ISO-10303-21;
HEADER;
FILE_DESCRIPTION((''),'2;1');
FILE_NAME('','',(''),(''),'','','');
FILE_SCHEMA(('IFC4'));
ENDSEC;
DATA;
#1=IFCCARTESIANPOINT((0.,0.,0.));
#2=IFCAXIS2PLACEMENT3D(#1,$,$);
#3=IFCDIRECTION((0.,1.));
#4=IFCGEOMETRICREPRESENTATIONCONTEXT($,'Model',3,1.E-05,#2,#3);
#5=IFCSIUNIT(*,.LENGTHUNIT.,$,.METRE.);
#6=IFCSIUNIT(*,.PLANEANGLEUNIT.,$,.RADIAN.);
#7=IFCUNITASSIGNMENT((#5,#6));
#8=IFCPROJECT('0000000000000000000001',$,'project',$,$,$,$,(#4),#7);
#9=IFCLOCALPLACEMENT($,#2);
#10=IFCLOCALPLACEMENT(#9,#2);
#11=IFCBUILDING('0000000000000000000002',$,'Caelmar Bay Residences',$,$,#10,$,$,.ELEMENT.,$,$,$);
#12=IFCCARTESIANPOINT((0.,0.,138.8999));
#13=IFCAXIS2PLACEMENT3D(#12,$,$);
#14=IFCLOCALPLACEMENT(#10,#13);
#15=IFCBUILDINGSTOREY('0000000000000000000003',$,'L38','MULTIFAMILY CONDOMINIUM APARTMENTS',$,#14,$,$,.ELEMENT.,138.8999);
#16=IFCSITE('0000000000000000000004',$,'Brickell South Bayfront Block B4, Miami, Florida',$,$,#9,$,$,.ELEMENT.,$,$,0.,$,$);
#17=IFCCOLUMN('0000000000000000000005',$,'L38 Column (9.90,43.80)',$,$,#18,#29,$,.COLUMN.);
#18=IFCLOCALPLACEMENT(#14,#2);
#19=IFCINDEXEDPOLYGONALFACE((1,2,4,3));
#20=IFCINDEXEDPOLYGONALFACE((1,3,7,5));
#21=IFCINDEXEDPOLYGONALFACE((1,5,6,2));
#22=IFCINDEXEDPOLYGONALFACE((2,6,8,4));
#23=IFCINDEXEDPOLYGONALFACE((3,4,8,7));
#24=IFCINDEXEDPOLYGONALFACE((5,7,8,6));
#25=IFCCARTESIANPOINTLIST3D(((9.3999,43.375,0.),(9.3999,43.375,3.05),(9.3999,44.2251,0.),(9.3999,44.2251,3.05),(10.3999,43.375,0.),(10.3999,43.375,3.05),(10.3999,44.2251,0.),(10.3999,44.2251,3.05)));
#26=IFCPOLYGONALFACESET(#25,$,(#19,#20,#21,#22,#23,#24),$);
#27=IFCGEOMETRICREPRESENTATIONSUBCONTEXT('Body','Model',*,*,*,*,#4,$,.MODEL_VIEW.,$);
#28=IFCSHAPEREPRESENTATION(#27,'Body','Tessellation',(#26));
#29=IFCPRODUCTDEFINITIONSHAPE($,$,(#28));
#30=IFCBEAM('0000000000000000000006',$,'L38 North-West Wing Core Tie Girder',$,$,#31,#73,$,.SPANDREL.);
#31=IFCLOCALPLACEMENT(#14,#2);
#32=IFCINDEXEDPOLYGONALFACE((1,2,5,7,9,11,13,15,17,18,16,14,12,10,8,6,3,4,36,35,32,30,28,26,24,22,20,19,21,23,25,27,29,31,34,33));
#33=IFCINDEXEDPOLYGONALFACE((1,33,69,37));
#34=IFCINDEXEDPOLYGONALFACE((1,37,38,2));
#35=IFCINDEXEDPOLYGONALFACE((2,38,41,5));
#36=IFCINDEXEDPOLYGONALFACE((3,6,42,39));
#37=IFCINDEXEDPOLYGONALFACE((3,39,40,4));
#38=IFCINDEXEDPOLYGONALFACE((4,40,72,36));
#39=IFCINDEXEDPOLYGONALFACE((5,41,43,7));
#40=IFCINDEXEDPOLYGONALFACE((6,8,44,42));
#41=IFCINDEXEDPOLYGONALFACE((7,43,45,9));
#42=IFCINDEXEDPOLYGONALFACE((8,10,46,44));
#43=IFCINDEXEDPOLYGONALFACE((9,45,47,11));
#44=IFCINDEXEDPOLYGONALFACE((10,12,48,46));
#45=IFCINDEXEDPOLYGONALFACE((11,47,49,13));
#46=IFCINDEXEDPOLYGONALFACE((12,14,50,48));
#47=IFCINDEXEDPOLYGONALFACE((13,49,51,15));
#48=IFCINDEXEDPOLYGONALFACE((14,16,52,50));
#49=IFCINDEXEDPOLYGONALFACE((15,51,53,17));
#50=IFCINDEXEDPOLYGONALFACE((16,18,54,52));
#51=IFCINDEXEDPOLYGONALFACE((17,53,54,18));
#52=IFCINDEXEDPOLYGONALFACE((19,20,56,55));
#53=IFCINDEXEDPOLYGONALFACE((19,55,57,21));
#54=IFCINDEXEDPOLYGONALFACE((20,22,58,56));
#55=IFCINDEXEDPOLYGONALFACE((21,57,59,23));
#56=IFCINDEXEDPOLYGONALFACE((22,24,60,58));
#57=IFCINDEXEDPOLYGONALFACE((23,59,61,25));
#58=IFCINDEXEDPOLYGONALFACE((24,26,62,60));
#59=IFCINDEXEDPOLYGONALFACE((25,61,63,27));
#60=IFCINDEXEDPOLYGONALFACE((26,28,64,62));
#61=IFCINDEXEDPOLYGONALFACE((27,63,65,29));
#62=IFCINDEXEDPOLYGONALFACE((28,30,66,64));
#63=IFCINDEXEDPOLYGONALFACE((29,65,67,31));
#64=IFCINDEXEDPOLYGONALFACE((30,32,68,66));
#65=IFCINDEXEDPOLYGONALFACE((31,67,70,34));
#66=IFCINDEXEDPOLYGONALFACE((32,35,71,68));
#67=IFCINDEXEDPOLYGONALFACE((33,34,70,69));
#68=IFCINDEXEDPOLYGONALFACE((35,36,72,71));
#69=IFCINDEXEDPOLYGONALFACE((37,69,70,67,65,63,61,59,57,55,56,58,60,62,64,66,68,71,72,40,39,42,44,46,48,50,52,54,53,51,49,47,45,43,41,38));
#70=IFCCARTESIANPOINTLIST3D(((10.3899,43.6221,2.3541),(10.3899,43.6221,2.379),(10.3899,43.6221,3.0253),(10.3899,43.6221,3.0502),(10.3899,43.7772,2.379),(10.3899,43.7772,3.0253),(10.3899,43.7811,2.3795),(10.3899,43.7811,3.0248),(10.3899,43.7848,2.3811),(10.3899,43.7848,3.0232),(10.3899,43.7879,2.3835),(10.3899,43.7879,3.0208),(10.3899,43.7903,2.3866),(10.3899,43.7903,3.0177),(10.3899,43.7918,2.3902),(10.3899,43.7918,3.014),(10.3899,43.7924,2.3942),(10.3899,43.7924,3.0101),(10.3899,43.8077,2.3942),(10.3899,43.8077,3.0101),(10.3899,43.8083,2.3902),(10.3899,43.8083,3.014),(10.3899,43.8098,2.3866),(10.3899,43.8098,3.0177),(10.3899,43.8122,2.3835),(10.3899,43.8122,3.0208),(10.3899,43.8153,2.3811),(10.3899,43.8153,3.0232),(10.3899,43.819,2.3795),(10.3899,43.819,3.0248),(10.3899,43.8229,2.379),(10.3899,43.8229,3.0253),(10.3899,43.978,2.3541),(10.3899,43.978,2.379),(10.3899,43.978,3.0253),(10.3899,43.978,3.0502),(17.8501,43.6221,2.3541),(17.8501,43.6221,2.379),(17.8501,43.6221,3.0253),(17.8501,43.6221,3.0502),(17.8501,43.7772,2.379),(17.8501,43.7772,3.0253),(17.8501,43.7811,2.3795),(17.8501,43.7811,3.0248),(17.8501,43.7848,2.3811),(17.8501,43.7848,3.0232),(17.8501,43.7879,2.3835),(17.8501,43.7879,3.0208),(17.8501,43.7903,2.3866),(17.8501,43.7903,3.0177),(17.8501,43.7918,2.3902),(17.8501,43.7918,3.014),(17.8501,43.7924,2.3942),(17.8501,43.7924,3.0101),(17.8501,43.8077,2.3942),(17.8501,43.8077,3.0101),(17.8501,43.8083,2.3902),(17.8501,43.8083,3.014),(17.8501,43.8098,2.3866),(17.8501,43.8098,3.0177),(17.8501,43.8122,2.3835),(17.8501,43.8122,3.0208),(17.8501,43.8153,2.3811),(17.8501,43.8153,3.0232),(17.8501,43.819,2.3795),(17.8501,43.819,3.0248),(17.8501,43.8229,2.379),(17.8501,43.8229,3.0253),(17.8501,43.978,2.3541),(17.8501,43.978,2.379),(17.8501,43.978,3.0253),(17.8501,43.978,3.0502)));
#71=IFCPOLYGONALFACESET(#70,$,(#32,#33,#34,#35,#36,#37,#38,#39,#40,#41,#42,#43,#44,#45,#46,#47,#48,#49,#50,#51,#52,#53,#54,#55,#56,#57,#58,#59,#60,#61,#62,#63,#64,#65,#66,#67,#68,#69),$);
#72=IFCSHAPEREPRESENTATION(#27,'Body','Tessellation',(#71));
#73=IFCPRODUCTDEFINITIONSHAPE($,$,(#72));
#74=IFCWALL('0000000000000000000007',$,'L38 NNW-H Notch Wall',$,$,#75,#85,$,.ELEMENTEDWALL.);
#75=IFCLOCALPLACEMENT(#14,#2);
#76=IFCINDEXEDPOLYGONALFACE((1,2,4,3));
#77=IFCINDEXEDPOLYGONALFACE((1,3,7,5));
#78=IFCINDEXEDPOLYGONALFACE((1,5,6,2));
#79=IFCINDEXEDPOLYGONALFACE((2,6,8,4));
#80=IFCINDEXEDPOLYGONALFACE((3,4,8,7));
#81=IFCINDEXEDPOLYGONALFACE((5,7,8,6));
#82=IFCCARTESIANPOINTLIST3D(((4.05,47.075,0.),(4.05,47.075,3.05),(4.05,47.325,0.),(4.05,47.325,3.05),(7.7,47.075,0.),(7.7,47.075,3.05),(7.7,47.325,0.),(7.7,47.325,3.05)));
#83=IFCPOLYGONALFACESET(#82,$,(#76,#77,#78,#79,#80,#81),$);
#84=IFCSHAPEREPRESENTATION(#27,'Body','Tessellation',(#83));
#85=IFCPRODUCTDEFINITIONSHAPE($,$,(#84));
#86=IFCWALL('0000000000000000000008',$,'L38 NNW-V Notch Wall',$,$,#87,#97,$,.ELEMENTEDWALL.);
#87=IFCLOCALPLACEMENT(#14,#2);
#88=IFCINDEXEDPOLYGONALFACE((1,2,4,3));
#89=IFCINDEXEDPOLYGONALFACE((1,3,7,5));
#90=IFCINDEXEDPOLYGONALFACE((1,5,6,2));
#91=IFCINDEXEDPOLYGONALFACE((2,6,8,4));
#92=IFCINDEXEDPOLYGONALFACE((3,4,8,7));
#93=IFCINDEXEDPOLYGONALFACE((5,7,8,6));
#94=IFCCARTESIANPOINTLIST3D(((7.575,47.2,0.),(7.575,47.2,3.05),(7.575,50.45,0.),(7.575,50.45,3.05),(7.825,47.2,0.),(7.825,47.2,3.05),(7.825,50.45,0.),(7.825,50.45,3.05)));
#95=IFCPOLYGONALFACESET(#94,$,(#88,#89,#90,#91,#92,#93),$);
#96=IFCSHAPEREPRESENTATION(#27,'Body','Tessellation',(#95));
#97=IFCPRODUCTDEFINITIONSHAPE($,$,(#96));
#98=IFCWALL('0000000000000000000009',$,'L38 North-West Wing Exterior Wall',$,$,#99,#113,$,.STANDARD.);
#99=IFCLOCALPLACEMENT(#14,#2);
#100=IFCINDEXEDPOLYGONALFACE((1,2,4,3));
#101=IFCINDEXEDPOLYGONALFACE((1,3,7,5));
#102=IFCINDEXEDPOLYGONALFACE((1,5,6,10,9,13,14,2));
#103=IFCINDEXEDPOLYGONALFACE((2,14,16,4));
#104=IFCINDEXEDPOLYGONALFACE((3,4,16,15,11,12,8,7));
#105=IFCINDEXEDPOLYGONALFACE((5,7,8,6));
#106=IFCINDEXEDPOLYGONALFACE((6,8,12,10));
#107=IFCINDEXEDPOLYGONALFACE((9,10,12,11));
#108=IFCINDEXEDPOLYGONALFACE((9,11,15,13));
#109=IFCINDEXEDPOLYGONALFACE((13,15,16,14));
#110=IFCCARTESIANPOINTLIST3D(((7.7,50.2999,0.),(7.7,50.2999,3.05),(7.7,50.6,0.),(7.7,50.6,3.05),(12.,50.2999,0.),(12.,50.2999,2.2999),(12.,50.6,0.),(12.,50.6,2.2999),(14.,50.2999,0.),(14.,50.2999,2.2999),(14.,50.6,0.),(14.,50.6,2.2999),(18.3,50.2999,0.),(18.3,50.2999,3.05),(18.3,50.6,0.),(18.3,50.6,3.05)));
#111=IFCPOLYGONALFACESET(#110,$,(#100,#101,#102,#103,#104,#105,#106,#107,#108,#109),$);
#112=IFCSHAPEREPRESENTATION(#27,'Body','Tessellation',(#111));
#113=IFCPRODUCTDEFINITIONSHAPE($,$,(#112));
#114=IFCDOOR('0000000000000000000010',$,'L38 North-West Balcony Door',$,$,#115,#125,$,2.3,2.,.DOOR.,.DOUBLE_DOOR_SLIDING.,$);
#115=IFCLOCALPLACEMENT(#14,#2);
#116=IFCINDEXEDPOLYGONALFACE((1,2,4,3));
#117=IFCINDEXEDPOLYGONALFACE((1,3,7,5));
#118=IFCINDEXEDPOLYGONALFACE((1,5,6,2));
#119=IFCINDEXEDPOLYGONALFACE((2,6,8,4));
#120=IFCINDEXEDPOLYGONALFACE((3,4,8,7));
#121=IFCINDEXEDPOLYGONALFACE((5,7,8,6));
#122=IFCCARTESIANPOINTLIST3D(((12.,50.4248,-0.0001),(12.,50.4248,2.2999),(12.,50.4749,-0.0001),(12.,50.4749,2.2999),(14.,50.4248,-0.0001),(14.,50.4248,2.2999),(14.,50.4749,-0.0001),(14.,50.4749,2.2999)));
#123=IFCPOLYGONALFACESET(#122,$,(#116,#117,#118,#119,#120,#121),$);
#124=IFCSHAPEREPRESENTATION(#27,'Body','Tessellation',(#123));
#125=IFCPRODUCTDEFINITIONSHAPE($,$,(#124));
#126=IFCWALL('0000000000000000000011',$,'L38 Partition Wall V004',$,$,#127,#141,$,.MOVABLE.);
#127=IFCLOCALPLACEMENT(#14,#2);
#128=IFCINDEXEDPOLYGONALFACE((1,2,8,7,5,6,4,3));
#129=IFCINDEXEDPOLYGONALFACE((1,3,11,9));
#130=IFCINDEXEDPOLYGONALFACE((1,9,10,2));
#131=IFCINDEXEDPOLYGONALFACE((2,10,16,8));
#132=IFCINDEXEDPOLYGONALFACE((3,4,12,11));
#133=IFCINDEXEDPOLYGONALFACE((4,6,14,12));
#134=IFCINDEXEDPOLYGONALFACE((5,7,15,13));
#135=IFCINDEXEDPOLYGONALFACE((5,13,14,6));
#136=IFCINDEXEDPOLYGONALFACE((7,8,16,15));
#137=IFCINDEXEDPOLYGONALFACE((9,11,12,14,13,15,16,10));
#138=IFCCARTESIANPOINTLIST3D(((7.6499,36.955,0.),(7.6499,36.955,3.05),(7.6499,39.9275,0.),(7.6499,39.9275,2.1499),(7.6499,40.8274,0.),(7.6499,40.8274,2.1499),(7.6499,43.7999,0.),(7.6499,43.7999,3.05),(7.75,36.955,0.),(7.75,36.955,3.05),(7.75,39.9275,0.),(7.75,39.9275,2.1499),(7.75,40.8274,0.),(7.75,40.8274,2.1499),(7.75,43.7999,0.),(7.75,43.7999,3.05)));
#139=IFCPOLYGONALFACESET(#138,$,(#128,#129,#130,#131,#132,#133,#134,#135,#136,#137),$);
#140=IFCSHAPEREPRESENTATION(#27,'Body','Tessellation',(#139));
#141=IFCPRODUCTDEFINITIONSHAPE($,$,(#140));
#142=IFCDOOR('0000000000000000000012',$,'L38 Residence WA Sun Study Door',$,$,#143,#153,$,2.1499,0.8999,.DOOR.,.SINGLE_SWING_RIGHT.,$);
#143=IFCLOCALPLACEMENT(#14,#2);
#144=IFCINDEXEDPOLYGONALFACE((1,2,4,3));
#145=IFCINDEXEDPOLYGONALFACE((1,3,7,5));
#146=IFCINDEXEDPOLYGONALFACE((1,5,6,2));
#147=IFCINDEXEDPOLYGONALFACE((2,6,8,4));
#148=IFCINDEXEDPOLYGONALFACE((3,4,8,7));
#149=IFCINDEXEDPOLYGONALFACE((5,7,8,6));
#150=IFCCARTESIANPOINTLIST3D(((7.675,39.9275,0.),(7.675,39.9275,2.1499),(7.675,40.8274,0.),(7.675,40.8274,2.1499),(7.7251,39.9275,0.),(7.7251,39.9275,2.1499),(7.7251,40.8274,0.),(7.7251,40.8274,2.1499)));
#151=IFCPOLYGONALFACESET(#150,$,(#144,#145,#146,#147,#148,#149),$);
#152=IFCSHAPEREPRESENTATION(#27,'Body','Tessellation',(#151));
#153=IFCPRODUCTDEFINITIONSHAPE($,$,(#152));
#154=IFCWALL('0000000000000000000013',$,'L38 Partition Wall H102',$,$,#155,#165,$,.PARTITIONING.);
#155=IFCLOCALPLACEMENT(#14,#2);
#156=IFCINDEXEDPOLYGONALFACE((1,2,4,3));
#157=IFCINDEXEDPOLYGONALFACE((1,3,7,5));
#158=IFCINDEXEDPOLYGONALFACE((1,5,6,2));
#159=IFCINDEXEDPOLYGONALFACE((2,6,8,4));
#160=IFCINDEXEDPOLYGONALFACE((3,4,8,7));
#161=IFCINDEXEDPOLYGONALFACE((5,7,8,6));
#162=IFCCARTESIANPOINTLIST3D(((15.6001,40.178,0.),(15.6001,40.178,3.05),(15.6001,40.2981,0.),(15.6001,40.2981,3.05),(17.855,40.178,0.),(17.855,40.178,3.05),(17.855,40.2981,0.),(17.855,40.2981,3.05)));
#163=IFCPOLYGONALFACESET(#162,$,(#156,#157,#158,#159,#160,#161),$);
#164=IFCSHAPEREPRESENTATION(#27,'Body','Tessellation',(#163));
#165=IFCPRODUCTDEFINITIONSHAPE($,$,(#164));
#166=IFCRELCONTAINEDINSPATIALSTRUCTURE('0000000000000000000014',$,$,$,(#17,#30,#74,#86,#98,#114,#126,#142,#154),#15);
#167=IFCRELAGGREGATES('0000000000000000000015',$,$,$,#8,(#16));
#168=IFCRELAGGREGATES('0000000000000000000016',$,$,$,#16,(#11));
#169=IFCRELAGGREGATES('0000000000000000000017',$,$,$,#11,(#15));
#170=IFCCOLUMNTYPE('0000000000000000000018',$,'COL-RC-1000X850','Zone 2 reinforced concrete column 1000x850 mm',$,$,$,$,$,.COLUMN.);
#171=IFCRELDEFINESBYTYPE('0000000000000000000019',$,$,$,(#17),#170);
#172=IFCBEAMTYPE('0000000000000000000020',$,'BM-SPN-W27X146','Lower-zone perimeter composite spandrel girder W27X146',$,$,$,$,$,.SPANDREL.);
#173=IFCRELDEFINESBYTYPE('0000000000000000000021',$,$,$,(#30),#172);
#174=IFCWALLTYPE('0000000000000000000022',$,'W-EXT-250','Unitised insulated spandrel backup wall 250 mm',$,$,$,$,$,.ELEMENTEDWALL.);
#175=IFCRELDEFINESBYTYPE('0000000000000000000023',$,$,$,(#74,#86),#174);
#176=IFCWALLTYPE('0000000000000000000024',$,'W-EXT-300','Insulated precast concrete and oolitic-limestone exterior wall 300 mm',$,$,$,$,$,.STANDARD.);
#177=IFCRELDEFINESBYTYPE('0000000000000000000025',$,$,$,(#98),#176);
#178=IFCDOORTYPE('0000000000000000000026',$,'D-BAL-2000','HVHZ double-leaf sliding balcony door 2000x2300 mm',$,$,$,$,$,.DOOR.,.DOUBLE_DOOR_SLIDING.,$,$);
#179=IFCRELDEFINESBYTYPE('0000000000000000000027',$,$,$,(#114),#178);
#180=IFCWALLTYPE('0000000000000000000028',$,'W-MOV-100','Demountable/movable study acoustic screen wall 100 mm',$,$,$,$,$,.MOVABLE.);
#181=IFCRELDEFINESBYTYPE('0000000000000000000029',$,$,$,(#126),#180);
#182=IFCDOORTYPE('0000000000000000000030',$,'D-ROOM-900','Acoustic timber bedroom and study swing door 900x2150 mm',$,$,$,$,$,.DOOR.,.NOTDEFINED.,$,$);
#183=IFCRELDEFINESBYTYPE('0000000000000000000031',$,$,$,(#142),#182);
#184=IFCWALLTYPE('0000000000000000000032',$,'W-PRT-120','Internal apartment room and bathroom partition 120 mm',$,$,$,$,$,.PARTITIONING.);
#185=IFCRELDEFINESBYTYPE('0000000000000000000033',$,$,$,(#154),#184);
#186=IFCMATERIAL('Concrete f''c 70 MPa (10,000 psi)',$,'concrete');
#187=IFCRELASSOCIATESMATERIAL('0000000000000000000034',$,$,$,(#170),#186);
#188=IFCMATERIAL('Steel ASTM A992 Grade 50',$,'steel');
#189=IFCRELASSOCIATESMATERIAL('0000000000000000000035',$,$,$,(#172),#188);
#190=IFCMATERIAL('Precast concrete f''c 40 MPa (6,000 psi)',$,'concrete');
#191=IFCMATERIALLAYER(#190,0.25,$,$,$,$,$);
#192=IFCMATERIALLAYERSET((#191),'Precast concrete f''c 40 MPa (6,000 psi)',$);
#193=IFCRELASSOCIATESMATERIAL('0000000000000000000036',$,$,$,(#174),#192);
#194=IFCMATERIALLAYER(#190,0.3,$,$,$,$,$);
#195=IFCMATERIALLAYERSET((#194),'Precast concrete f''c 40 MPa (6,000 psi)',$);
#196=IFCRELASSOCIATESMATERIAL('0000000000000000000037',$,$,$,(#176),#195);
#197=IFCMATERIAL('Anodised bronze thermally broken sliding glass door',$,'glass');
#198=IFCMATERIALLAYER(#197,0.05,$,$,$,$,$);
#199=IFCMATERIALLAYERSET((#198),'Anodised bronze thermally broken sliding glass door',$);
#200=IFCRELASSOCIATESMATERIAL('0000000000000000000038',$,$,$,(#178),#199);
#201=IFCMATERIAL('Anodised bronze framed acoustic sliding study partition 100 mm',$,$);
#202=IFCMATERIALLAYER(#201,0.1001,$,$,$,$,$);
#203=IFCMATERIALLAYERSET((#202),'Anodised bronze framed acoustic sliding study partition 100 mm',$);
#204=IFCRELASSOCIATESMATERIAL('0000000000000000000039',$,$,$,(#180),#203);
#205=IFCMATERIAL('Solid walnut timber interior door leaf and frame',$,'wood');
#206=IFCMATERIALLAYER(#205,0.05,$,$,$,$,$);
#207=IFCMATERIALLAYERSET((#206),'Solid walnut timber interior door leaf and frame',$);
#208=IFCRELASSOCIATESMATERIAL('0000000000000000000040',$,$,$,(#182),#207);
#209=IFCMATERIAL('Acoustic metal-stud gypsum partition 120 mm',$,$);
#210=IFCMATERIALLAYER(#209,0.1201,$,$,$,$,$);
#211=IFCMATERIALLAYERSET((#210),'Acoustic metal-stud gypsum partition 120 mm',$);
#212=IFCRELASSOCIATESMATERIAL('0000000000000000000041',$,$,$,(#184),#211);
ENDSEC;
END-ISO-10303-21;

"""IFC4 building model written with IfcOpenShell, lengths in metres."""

from ifc_helpers import new_model, si_unit, direction, frame, frame_2d, origin, origin_2d, place, context, subcontext, project, spatial, rectangle, i_section, extrude, material, layer, layer_set, material_profile, profile_set, type_object, element, fill, save


model = new_model("IFC4")

# Units and contexts
model_context = context("Model", 3, precision=1e-05, world=origin(), true_north=direction((0.0, 1.0)))
body_context = subcontext(model_context, "Body", "Model", "MODEL_VIEW")
ifc_project = project(units=[si_unit("LENGTHUNIT", "METRE"), si_unit("PLANEANGLEUNIT", "RADIAN")], contexts=[model_context])

# Site, building, storey
site_placement = place(None, origin())
site = spatial("IfcSite", under=ifc_project, at=site_placement, Name="Brickell South Bayfront Block B4, Miami, Florida", CompositionType="ELEMENT", RefElevation=0.0)
building_placement = place(site_placement, origin())
building = spatial("IfcBuilding", under=site, at=building_placement, Name="Caelmar Bay Residences", CompositionType="ELEMENT")
storey_placement = place(building_placement, frame((0.0, 0.0, 138.8999)))
storey = spatial("IfcBuildingStorey", under=building, at=storey_placement, Name="L38", Description="MULTIFAMILY CONDOMINIUM APARTMENTS", CompositionType="ELEMENT", Elevation=138.8999)

# Column
ifc_material_1 = material(Name="Concrete f'c 70 MPa (10,000 psi)", Category="concrete")
ifc_material_profile_1 = material_profile(ifc_material_1, rectangle(XDim=1.0, YDim=0.8501, at=origin_2d()), Name="RC-COL-1000X850")
ifc_profile_set_1 = profile_set([ifc_material_profile_1], Name="Concrete f'c 70 MPa (10,000 psi)")
column_type = type_object("IfcColumnType", Name="COL-RC-1000X850", Description="Zone 2 reinforced concrete column 1000x850 mm", PredefinedType="COLUMN", material=ifc_profile_set_1)
column_placement = place(storey_placement, frame((9.8999, 43.8, 0.0), z_axis=(0.0, 0.0, 1.0), x_axis=(1.0, 0.0, 0.0)))
element("IfcColumn", 1, at=column_placement, inside=storey, type_object=column_type, Name="L38 Column (9.90,43.80)", PredefinedType="COLUMN", context=body_context, shape_type="SweptSolid", body=[
    extrude(rectangle(XDim=1.0, YDim=0.8501, at=origin_2d()), origin(), (0.0, 0.0, 1.0), 3.05),
])

# Beam
ifc_material_2 = material(Name="Steel ASTM A992 Grade 50", Category="steel")
ifc_material_profile_2 = material_profile(ifc_material_2, i_section(OverallWidth=0.356, OverallDepth=0.696, WebThickness=0.0154, FlangeThickness=0.0249, FilletRadius=0.0151, at=origin_2d()), Name="W27X146")
ifc_profile_set_2 = profile_set([ifc_material_profile_2], Name="Steel ASTM A992 Grade 50")
beam_type = type_object("IfcBeamType", Name="BM-SPN-W27X146", Description="Lower-zone perimeter composite spandrel girder W27X146", PredefinedType="SPANDREL", material=ifc_profile_set_2)
beam_placement = place(storey_placement, frame((10.3899, 43.8, 2.7021), z_axis=(1.0, 0.0, 0.0), x_axis=(0.0, 1.0, 0.0)))
element("IfcBeam", 2, at=beam_placement, inside=storey, type_object=beam_type, Name="L38 North-West Wing Core Tie Girder", PredefinedType="SPANDREL", context=body_context, shape_type="SweptSolid", body=[
    extrude(i_section(OverallWidth=0.356, OverallDepth=0.696, WebThickness=0.0154, FlangeThickness=0.0249, FilletRadius=0.0151, at=origin_2d()), origin(), (0.0, 0.0, 1.0), 7.4602),
])

# Walls
ifc_material_3 = material(Name="Precast concrete f'c 40 MPa (6,000 psi)", Category="concrete")
ifc_layer_1 = layer(ifc_material_3, 0.25)
ifc_layer_set_1 = layer_set([ifc_layer_1], Name="Precast concrete f'c 40 MPa (6,000 psi)")
wall_type_1 = type_object("IfcWallType", Name="W-EXT-250", Description="Unitised insulated spandrel backup wall 250 mm", PredefinedType="ELEMENTEDWALL", material=ifc_layer_set_1)
wall_1_placement = place(storey_placement, frame((4.05, 47.2, 0.0), z_axis=(0.0, 0.0, 1.0), x_axis=(1.0, 0.0, 0.0)))
element("IfcWall", 3, at=wall_1_placement, inside=storey, type_object=wall_type_1, Name="L38 NNW-H Notch Wall", PredefinedType="ELEMENTEDWALL", context=body_context, shape_type="SweptSolid", body=[
    extrude(rectangle(XDim=3.6499, YDim=0.25, at=frame_2d((1.825, 0.0))), origin(), (0.0, 0.0, 1.0), 3.05),
])
wall_2_placement = place(storey_placement, frame((7.7, 47.2, 0.0), z_axis=(0.0, 0.0, 1.0), x_axis=(0.0, 1.0, 0.0)))
element("IfcWall", 4, at=wall_2_placement, inside=storey, type_object=wall_type_1, Name="L38 NNW-V Notch Wall", PredefinedType="ELEMENTEDWALL", context=body_context, shape_type="SweptSolid", body=[
    extrude(rectangle(XDim=3.25, YDim=0.25, at=frame_2d((1.625, 0.0))), origin(), (0.0, 0.0, 1.0), 3.05),
])

# Walls, openings, doors
ifc_layer_2 = layer(ifc_material_3, 0.3)
ifc_layer_set_2 = layer_set([ifc_layer_2], Name="Precast concrete f'c 40 MPa (6,000 psi)")
wall_type_2 = type_object("IfcWallType", Name="W-EXT-300", Description="Insulated precast concrete and oolitic-limestone exterior wall 300 mm", PredefinedType="STANDARD", material=ifc_layer_set_2)
wall_3_placement = place(storey_placement, frame((7.7, 50.45, 0.0), z_axis=(0.0, 0.0, 1.0), x_axis=(1.0, 0.0, 0.0)))
wall_3 = element("IfcWall", 5, at=wall_3_placement, inside=storey, type_object=wall_type_2, Name="L38 North-West Wing Exterior Wall", PredefinedType="STANDARD", context=body_context, shape_type="SweptSolid", body=[
    extrude(rectangle(XDim=10.6001, YDim=0.3, at=frame_2d((5.3, 0.0))), origin(), (0.0, 0.0, 1.0), 3.05),
])
opening_1_placement = place(wall_3_placement, frame((4.3, 0.0, 0.0)))
opening_1 = element("IfcOpeningElement", 6, at=opening_1_placement, cuts=wall_3, PredefinedType="OPENING", context=body_context, shape_type="SweptSolid", body=[
    extrude(rectangle(XDim=2.0, YDim=2.3, at=frame_2d((1.0, 1.1499))), frame((0.0, 0.1599, 0.0), z_axis=(0.0, -1.0, 0.0), x_axis=(1.0, 0.0, 0.0)), (0.0, 0.0, 1.0), 0.3201),
])
ifc_material_4 = material(Name="Anodised bronze thermally broken sliding glass door", Category="glass")
ifc_layer_3 = layer(ifc_material_4, 0.05)
ifc_layer_set_3 = layer_set([ifc_layer_3], Name="Anodised bronze thermally broken sliding glass door")
door_type_1 = type_object("IfcDoorType", Name="D-BAL-2000", Description="HVHZ double-leaf sliding balcony door 2000x2300 mm", OperationType="DOUBLE_DOOR_SLIDING", PredefinedType="DOOR", material=ifc_layer_set_3)
door_1_placement = place(opening_1_placement, origin())
door_1 = element("IfcDoor", 7, at=door_1_placement, inside=storey, type_object=door_type_1, Name="L38 North-West Balcony Door", OperationType="DOUBLE_DOOR_SLIDING", OverallHeight=2.3, OverallWidth=2.0, PredefinedType="DOOR", context=body_context, shape_type="SweptSolid", body=[
    extrude(rectangle(XDim=2.0, YDim=2.3, at=frame_2d((1.0, 1.1499))), frame((0.0, 0.0249, 0.0), z_axis=(0.0, -1.0, 0.0), x_axis=(1.0, 0.0, 0.0)), (0.0, 0.0, 1.0), 0.05),
])
fill(opening_1, door_1)
ifc_material_5 = material(Name="Anodised bronze framed acoustic sliding study partition 100 mm")
ifc_layer_4 = layer(ifc_material_5, 0.1001)
ifc_layer_set_4 = layer_set([ifc_layer_4], Name="Anodised bronze framed acoustic sliding study partition 100 mm")
wall_type_3 = type_object("IfcWallType", Name="W-MOV-100", Description="Demountable/movable study acoustic screen wall 100 mm", PredefinedType="MOVABLE", material=ifc_layer_set_4)
wall_4_placement = place(storey_placement, frame((7.7, 36.9551, 0.0), z_axis=(0.0, 0.0, 1.0), x_axis=(0.0, 1.0, 0.0)))
wall_4 = element("IfcWall", 8, at=wall_4_placement, inside=storey, type_object=wall_type_3, Name="L38 Partition Wall V004", PredefinedType="MOVABLE", context=body_context, shape_type="SweptSolid", body=[
    extrude(rectangle(XDim=6.845, YDim=0.1001, at=frame_2d((3.4224, 0.0))), origin(), (0.0, 0.0, 1.0), 3.05),
])
opening_2_placement = place(wall_4_placement, frame((2.9724, 0.0, 0.0)))
opening_2 = element("IfcOpeningElement", 9, at=opening_2_placement, cuts=wall_4, PredefinedType="OPENING", context=body_context, shape_type="SweptSolid", body=[
    extrude(rectangle(XDim=0.8999, YDim=2.1499, at=frame_2d((0.45, 1.075))), frame((0.0, 0.0601, 0.0), z_axis=(0.0, -1.0, 0.0), x_axis=(1.0, 0.0, 0.0)), (0.0, 0.0, 1.0), 0.1201),
])
ifc_material_6 = material(Name="Solid walnut timber interior door leaf and frame", Category="wood")
ifc_layer_5 = layer(ifc_material_6, 0.05)
ifc_layer_set_5 = layer_set([ifc_layer_5], Name="Solid walnut timber interior door leaf and frame")
door_type_2 = type_object("IfcDoorType", Name="D-ROOM-900", Description="Acoustic timber bedroom and study swing door 900x2150 mm", OperationType="NOTDEFINED", PredefinedType="DOOR", material=ifc_layer_set_5)
door_2_placement = place(opening_2_placement, origin())
door_2 = element("IfcDoor", 10, at=door_2_placement, inside=storey, type_object=door_type_2, Name="L38 Residence WA Sun Study Door", OperationType="SINGLE_SWING_RIGHT", OverallHeight=2.1499, OverallWidth=0.8999, PredefinedType="DOOR", context=body_context, shape_type="SweptSolid", body=[
    extrude(rectangle(XDim=0.8999, YDim=2.1499, at=frame_2d((0.45, 1.075))), frame((0.0, 0.0249, 0.0), z_axis=(0.0, -1.0, 0.0), x_axis=(1.0, 0.0, 0.0)), (0.0, 0.0, 1.0), 0.05),
])
fill(opening_2, door_2)
ifc_material_7 = material(Name="Acoustic metal-stud gypsum partition 120 mm")
ifc_layer_6 = layer(ifc_material_7, 0.1201)
ifc_layer_set_6 = layer_set([ifc_layer_6], Name="Acoustic metal-stud gypsum partition 120 mm")
wall_type_4 = type_object("IfcWallType", Name="W-PRT-120", Description="Internal apartment room and bathroom partition 120 mm", PredefinedType="PARTITIONING", material=ifc_layer_set_6)

# Wall
wall_5_placement = place(storey_placement, frame((15.6001, 40.238, 0.0), z_axis=(0.0, 0.0, 1.0), x_axis=(1.0, 0.0, 0.0)))
element("IfcWall", 11, at=wall_5_placement, inside=storey, type_object=wall_type_4, Name="L38 Partition Wall H102", PredefinedType="PARTITIONING", context=body_context, shape_type="SweptSolid", body=[
    extrude(rectangle(XDim=2.2549, YDim=0.1201, at=frame_2d((1.1274, 0.0))), origin(), (0.0, 0.0, 1.0), 3.05),
])

save(model, "model.ifc")
